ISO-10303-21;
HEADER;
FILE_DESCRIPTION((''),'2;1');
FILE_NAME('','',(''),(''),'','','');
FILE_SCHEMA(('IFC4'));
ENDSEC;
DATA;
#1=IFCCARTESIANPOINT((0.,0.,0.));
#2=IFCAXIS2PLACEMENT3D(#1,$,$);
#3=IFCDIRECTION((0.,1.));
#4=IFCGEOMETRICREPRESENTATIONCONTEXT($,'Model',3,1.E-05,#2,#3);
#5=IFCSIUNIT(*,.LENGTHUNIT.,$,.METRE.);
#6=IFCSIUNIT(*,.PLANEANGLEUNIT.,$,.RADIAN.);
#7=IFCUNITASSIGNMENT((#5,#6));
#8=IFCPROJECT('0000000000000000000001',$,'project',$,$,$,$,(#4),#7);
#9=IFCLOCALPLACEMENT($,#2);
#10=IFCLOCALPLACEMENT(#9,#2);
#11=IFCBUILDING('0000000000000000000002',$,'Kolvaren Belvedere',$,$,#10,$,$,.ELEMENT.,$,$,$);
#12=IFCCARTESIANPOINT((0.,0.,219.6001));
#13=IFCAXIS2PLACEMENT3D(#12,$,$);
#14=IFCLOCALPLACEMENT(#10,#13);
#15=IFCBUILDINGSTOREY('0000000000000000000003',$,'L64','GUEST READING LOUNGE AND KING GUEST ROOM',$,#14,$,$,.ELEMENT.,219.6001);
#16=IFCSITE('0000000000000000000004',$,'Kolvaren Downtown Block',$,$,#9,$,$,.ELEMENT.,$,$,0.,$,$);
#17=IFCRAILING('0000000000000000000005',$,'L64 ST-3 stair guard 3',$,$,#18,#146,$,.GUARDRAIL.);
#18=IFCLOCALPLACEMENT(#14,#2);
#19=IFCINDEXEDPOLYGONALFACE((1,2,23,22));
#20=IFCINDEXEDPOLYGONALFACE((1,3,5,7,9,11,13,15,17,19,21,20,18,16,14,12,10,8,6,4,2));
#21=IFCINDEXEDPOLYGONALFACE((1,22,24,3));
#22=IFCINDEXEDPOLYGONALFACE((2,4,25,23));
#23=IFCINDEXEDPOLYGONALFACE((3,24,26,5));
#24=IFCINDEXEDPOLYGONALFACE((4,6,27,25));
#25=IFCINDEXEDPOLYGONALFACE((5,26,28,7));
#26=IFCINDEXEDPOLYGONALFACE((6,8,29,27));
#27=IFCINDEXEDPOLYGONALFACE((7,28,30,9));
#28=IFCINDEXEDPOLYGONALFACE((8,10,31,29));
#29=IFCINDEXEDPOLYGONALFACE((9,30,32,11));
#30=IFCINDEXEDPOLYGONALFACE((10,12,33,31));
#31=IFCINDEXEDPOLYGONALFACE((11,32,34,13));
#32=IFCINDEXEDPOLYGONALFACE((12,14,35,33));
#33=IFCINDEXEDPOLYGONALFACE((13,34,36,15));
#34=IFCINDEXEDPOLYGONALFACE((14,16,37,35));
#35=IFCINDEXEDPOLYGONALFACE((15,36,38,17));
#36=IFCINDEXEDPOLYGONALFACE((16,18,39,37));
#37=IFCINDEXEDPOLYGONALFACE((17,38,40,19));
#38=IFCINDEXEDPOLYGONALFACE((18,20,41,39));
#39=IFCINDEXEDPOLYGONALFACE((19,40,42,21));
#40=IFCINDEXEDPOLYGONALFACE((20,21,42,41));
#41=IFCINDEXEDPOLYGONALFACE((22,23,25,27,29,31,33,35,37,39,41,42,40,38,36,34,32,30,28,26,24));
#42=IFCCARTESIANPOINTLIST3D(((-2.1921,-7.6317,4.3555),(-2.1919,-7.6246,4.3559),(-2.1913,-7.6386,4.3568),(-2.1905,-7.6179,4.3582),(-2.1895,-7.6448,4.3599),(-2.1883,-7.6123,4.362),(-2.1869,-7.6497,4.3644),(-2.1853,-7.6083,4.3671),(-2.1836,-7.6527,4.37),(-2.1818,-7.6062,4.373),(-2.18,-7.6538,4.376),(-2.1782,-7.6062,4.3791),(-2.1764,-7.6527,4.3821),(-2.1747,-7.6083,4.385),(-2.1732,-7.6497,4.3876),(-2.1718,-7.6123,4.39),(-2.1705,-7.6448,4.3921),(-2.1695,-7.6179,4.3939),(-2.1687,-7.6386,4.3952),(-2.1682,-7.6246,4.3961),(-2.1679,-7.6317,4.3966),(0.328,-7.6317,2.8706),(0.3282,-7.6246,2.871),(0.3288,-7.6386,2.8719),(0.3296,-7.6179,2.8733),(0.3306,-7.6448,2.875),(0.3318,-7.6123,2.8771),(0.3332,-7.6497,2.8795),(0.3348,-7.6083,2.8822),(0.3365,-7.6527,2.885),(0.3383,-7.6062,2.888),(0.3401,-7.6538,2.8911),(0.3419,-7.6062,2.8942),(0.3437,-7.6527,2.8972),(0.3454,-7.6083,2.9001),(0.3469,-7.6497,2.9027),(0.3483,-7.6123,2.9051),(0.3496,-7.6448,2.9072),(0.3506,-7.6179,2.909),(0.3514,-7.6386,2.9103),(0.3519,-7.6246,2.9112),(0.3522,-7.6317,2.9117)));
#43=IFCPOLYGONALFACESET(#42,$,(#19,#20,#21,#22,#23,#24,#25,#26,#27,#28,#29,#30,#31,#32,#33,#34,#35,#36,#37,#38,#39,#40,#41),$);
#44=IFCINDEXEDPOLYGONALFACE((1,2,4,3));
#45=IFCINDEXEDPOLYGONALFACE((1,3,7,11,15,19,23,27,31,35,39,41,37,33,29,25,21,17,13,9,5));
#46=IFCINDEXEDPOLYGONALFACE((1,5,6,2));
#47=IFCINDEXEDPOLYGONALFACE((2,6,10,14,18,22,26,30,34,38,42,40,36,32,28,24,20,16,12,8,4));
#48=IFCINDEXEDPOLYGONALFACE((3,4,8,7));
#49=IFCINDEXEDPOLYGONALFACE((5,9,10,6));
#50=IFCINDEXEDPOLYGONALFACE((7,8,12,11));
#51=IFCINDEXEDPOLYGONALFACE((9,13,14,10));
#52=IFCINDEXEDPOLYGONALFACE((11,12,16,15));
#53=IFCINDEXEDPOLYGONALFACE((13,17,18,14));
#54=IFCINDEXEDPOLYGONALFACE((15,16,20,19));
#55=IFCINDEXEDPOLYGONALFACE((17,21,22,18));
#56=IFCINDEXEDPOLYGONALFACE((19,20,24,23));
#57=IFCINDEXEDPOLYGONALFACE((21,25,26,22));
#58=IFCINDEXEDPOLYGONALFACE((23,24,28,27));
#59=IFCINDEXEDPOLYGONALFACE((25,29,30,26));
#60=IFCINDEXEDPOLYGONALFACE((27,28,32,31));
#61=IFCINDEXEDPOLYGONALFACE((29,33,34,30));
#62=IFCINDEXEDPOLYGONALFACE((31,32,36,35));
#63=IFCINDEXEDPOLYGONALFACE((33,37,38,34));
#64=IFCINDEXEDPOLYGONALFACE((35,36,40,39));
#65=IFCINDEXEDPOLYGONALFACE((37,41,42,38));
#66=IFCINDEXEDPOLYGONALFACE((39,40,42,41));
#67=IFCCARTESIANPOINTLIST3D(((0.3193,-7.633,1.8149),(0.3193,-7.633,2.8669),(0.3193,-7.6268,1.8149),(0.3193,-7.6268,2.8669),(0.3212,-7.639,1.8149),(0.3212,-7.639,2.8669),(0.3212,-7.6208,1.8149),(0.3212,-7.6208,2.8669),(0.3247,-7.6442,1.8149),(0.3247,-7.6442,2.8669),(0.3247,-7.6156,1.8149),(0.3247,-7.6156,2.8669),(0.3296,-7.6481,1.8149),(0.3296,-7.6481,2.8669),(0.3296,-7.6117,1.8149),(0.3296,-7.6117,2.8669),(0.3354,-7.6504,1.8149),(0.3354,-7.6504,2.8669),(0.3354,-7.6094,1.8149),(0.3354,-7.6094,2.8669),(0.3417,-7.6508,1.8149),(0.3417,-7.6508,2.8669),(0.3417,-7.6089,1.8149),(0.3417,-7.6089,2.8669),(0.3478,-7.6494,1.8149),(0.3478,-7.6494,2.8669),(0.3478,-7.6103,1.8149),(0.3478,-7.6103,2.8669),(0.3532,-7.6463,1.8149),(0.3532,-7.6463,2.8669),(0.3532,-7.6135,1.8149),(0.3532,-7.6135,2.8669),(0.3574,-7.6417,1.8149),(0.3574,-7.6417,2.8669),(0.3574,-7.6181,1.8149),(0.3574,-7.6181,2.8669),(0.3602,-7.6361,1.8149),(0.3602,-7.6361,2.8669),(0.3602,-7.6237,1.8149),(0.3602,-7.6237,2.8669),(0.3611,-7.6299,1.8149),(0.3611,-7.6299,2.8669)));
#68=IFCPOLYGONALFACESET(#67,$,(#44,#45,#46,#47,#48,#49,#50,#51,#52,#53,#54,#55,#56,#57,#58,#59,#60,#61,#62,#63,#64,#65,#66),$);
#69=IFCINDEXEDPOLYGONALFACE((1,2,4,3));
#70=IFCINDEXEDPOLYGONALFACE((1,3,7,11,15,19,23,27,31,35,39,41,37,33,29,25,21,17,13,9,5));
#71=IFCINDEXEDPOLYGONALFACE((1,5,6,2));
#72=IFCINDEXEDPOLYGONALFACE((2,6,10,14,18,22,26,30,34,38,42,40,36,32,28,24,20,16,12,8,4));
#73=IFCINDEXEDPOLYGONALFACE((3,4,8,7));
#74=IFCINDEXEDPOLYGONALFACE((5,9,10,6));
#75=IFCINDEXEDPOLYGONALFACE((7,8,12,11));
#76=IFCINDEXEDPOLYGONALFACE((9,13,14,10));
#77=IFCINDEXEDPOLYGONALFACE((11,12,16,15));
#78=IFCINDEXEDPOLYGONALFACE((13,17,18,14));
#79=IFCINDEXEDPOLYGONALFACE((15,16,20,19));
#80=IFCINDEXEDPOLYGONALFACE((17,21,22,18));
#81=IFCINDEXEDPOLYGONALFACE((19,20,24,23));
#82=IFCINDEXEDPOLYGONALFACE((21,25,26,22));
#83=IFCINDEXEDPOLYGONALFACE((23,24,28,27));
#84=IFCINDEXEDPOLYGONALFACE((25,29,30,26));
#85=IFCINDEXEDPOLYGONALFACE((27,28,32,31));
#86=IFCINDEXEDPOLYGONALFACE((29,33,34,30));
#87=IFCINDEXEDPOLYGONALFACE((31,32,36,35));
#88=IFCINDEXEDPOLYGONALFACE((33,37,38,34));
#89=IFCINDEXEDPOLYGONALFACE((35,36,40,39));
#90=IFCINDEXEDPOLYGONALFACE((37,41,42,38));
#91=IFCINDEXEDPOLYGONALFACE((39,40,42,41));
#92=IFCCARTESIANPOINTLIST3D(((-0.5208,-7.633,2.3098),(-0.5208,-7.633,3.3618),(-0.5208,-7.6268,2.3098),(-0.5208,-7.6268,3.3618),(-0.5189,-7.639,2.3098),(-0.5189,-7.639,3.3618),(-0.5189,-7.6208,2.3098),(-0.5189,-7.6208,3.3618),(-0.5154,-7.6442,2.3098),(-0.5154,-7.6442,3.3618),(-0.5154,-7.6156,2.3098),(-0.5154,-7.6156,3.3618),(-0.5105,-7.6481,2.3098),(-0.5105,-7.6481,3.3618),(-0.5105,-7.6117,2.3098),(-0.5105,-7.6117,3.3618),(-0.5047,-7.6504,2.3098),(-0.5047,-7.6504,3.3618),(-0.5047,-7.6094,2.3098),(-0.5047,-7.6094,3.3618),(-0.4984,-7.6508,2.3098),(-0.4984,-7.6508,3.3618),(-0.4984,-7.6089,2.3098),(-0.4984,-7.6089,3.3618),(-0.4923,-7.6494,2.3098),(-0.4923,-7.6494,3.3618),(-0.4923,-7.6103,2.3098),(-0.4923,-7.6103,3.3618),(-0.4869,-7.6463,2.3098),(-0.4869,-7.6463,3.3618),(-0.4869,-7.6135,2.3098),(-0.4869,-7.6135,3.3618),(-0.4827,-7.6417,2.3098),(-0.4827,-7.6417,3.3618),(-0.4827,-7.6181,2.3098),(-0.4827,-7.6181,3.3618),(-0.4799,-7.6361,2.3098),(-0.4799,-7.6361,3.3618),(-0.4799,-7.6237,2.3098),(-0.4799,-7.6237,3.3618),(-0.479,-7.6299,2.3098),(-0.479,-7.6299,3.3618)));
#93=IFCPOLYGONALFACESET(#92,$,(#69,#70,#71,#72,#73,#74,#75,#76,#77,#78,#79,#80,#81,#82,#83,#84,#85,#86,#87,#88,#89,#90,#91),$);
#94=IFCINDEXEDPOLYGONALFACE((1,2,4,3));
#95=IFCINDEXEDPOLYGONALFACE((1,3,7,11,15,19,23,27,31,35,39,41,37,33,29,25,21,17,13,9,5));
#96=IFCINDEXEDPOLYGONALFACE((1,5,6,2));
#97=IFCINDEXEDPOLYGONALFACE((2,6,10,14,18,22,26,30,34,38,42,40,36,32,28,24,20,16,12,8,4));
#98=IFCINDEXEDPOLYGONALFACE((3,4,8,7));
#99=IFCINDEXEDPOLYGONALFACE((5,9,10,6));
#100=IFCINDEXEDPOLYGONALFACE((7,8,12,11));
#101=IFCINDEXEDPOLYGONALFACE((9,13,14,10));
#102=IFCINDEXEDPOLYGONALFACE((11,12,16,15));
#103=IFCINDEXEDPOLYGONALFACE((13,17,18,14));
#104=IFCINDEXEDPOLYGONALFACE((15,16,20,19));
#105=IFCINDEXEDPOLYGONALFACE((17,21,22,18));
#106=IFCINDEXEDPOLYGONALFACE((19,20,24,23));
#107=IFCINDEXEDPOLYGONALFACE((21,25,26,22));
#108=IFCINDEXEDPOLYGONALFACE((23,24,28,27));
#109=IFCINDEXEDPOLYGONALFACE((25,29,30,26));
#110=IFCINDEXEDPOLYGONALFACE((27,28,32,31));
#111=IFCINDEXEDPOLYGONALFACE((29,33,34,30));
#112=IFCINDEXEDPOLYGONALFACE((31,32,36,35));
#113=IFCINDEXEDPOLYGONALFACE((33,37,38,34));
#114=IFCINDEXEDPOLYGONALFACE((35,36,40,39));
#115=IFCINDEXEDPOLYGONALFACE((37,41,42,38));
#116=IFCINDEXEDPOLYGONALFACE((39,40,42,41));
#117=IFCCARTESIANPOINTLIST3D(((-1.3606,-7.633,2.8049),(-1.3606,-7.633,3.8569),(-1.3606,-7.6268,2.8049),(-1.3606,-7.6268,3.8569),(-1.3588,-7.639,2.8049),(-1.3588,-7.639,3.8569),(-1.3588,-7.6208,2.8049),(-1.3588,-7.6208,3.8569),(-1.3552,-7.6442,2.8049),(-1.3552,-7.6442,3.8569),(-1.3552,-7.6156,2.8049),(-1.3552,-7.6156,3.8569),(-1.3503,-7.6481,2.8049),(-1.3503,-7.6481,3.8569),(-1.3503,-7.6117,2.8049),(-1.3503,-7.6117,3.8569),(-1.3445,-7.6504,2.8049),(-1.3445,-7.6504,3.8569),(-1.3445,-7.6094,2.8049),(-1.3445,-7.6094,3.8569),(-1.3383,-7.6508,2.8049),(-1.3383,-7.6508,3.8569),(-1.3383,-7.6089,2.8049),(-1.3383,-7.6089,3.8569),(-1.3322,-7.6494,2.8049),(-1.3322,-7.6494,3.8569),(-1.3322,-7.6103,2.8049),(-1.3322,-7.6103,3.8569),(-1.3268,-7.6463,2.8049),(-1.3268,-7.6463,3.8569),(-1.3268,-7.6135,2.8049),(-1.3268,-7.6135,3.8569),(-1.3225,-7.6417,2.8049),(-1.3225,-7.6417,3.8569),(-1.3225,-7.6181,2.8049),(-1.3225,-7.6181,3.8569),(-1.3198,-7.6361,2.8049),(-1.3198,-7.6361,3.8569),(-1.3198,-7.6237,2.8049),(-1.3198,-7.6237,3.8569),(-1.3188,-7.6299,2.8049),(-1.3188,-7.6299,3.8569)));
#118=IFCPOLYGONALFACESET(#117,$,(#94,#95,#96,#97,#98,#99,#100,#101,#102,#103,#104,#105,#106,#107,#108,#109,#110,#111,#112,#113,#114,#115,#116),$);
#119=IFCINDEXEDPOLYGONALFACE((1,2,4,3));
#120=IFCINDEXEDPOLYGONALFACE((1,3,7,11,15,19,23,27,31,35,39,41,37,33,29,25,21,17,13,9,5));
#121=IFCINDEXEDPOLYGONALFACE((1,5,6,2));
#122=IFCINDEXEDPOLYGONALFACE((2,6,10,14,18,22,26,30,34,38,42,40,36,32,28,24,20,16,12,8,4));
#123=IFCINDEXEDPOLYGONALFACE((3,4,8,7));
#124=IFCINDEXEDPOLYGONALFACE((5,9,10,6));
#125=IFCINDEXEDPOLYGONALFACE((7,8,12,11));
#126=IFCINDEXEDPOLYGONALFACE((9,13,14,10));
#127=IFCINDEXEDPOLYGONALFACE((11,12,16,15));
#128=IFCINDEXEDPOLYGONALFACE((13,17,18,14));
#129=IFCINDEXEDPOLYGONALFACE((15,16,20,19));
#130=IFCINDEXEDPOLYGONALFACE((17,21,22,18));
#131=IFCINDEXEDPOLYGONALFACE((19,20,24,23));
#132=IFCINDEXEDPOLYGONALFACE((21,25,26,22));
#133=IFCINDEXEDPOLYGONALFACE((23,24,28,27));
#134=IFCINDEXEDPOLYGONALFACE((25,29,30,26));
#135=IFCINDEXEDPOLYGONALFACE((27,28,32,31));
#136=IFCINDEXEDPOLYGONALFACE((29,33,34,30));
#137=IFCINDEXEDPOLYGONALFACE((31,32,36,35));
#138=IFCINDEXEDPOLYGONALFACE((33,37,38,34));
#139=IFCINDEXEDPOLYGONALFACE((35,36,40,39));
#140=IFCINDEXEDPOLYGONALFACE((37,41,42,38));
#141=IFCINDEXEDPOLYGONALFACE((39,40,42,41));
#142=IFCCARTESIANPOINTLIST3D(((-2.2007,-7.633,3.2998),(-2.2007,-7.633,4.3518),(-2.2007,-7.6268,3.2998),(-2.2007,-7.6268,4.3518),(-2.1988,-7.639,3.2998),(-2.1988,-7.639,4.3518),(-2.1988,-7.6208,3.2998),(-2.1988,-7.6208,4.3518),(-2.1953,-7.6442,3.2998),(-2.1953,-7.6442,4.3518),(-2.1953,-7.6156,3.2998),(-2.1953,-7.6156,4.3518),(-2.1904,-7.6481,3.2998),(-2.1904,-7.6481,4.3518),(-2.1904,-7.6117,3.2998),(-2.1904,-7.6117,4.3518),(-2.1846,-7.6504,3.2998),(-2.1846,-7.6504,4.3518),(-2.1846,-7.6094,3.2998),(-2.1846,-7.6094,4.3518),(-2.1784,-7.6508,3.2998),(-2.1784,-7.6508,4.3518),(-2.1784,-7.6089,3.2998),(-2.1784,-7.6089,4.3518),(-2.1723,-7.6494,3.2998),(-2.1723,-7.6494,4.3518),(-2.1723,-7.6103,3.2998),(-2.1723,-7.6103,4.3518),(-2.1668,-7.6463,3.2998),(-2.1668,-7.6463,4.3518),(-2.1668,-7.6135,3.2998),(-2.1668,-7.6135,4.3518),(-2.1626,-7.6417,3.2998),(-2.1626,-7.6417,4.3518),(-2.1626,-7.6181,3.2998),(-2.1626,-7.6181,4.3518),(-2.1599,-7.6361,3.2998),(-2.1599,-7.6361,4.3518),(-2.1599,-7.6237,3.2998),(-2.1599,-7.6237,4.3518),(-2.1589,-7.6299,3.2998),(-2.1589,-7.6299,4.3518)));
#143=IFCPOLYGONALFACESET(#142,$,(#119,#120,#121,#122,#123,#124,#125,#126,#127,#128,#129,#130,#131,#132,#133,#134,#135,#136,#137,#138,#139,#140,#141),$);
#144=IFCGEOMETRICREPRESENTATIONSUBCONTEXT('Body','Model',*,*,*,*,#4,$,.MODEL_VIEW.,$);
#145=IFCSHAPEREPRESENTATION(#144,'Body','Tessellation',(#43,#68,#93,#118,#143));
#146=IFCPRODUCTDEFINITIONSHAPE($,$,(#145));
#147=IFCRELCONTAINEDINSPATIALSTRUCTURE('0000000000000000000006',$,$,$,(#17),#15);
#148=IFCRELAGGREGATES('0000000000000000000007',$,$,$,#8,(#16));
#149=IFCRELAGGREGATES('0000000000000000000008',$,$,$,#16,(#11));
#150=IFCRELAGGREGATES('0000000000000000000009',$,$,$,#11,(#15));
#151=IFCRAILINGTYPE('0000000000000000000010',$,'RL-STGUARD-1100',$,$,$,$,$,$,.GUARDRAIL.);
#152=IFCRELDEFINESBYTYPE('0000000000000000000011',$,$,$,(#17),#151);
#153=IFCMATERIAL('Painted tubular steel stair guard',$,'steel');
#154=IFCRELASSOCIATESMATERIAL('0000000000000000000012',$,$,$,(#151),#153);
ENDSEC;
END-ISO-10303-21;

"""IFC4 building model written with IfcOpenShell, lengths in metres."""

from ifc_helpers import new_model, si_unit, direction, frame, origin, origin_2d, place, context, subcontext, project, spatial, circle, extrude, material, type_object, element, save


model = new_model("IFC4")

# Units and contexts
model_context = context("Model", 3, precision=1e-05, world=origin(), true_north=direction((0.0, 1.0)))
body_context = subcontext(model_context, "Body", "Model", "MODEL_VIEW")
ifc_project = project(units=[si_unit("LENGTHUNIT", "METRE"), si_unit("PLANEANGLEUNIT", "RADIAN")], contexts=[model_context])

# Site, building, storey
site_placement = place(None, origin())
site = spatial("IfcSite", under=ifc_project, at=site_placement, Name="Kolvaren Downtown Block", CompositionType="ELEMENT", RefElevation=0.0)
building_placement = place(site_placement, origin())
building = spatial("IfcBuilding", under=site, at=building_placement, Name="Kolvaren Belvedere", CompositionType="ELEMENT")
storey_placement = place(building_placement, frame((0.0, 0.0, 219.6001)))
storey = spatial("IfcBuildingStorey", under=building, at=storey_placement, Name="L64", Description="GUEST READING LOUNGE AND KING GUEST ROOM", CompositionType="ELEMENT", Elevation=219.6001)

# Railing
ifc_material_1 = material(Name="Painted tubular steel stair guard", Category="steel")
railing_type_1 = type_object("IfcRailingType", Name="RL-STGUARD-1100", PredefinedType="GUARDRAIL", material=ifc_material_1)
railing_1_placement = place(storey_placement, frame((0.3401, -7.6299, 1.8149)))
element("IfcRailing", 1, at=railing_1_placement, inside=storey, type_object=railing_type_1, Name="L64 ST-3 stair guard 3", PredefinedType="GUARDRAIL", context=body_context, shape_type="SweptSolid", body=[
    extrude(circle(Radius=0.0239, at=origin_2d()), frame((0.0, 0.0, 1.0762), z_axis=(-0.861561, 0.0, 0.507655), x_axis=(0.0, -1.0, 0.0)), (0.0, 0.0, 1.0), 2.925),
    extrude(circle(Radius=0.021, at=origin_2d()), origin(), (0.0, 0.0, 1.0), 1.052),
    extrude(circle(Radius=0.021, at=origin_2d()), frame((-0.8401, 0.0, 0.4949)), (0.0, 0.0, 1.0), 1.052),
    extrude(circle(Radius=0.021, at=origin_2d()), frame((-1.6799, 0.0, 0.99)), (0.0, 0.0, 1.0), 1.052),
    extrude(circle(Radius=0.021, at=origin_2d()), frame((-2.52, 0.0, 1.4849)), (0.0, 0.0, 1.0), 1.052),
])

save(model, "model.ifc")
